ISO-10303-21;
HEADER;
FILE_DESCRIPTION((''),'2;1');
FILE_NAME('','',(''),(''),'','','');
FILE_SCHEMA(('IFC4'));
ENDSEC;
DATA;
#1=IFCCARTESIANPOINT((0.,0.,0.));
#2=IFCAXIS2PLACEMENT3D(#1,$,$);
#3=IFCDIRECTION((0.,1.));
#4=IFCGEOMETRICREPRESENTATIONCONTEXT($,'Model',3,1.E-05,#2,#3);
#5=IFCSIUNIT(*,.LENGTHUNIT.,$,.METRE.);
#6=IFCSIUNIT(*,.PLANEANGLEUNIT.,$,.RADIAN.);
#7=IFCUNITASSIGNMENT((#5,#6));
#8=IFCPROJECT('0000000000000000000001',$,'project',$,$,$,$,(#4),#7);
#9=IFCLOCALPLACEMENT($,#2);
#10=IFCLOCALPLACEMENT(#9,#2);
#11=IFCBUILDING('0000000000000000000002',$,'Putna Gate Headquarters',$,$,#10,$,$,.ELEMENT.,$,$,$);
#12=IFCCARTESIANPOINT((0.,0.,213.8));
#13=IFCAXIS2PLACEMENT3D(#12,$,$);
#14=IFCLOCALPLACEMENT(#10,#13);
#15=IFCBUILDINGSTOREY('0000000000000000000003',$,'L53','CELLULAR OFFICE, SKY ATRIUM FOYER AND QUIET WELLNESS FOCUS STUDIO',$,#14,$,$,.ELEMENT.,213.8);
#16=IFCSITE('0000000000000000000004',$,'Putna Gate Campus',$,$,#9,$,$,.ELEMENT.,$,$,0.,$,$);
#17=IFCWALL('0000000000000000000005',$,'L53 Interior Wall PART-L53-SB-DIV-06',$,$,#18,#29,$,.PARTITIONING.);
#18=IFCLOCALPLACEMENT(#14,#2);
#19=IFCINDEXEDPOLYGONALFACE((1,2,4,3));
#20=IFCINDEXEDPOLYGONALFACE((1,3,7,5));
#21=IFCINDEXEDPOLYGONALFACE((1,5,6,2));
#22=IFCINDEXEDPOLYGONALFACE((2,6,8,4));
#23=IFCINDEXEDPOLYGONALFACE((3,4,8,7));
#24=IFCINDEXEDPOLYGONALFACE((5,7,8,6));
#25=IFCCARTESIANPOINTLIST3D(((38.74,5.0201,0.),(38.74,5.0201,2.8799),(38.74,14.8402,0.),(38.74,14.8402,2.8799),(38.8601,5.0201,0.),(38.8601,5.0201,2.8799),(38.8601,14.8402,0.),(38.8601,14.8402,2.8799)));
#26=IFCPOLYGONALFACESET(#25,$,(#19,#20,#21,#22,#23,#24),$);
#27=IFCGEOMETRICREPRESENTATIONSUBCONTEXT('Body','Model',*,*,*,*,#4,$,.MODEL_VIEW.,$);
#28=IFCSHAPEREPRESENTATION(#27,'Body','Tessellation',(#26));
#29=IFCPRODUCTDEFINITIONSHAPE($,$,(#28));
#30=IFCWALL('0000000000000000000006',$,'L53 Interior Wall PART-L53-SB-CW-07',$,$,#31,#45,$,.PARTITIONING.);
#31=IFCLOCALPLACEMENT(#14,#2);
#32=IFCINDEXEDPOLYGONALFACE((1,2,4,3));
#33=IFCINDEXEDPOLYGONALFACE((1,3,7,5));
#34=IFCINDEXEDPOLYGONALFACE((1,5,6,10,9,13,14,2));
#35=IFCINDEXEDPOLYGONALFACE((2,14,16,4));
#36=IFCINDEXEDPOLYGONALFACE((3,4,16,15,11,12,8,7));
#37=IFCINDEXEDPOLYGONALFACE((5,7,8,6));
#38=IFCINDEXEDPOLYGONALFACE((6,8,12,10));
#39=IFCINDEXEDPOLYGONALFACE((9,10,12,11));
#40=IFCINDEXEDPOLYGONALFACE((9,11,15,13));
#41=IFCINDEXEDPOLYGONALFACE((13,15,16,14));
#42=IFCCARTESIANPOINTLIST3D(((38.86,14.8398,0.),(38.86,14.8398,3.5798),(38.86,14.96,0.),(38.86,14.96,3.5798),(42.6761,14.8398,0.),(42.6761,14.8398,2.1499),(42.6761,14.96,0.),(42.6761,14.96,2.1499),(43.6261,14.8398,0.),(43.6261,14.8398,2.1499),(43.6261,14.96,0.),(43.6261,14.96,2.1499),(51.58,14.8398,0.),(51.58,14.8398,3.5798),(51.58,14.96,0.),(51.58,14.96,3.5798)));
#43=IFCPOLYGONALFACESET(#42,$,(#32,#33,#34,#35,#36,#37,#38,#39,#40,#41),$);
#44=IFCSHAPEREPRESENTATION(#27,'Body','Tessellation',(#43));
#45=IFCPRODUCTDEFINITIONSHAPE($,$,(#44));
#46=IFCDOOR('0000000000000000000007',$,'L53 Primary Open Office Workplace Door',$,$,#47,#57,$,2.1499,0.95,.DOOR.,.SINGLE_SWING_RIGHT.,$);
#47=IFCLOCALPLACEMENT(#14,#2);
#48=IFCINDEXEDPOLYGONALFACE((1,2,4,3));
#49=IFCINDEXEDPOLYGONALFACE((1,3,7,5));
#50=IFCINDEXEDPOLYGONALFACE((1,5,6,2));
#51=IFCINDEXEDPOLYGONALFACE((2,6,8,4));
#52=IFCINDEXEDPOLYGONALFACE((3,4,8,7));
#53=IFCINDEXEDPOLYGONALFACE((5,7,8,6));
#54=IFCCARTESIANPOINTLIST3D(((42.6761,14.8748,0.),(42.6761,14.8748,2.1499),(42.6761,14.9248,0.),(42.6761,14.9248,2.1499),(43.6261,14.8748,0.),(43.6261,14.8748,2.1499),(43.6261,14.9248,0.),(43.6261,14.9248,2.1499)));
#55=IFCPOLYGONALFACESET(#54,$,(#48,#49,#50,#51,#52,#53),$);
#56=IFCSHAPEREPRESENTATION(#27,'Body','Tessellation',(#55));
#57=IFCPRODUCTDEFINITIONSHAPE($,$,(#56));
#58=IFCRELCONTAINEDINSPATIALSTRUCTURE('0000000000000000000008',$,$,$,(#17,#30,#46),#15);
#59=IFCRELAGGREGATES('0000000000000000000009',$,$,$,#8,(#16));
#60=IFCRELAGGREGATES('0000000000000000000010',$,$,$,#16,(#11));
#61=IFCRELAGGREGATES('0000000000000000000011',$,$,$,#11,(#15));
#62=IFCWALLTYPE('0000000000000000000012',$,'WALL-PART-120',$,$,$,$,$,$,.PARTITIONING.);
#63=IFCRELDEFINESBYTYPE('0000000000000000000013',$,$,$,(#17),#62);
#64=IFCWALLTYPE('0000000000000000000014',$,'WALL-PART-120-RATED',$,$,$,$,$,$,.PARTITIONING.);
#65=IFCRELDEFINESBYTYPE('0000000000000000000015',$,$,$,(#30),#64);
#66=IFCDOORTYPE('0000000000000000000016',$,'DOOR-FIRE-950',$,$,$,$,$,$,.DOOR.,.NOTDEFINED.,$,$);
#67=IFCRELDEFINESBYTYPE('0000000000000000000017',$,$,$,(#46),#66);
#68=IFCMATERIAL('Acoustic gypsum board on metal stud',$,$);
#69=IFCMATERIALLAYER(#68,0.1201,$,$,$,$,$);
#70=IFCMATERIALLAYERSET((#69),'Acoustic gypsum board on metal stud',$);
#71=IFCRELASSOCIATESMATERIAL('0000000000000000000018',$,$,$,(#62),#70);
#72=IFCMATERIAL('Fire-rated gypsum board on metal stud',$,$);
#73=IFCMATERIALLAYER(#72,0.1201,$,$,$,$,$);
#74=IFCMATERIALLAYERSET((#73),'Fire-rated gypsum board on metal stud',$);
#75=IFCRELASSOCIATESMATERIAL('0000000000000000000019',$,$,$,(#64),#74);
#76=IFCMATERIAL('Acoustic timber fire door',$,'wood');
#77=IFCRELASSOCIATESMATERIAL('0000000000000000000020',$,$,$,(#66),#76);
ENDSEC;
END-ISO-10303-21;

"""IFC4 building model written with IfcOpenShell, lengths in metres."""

from ifc_helpers import new_model, si_unit, direction, frame, frame_2d, origin, place, context, subcontext, project, spatial, rectangle, extrude, material, layer, layer_set, type_object, element, fill, save


model = new_model("IFC4")

# Units and contexts
model_context = context("Model", 3, precision=1e-05, world=origin(), true_north=direction((0.0, 1.0)))
body_context = subcontext(model_context, "Body", "Model", "MODEL_VIEW")
ifc_project = project(units=[si_unit("LENGTHUNIT", "METRE"), si_unit("PLANEANGLEUNIT", "RADIAN")], contexts=[model_context])

# Site, building, storey
site_placement = place(None, origin())
site = spatial("IfcSite", under=ifc_project, at=site_placement, Name="Putna Gate Campus", CompositionType="ELEMENT", RefElevation=0.0)
building_placement = place(site_placement, origin())
building = spatial("IfcBuilding", under=site, at=building_placement, Name="Putna Gate Headquarters", CompositionType="ELEMENT")
storey_placement = place(building_placement, frame((0.0, 0.0, 213.8)))
storey = spatial("IfcBuildingStorey", under=building, at=storey_placement, Name="L53", Description="CELLULAR OFFICE, SKY ATRIUM FOYER AND QUIET WELLNESS FOCUS STUDIO", CompositionType="ELEMENT", Elevation=213.8)

# Wall
ifc_material_1 = material(Name="Acoustic gypsum board on metal stud")
ifc_layer_1 = layer(ifc_material_1, 0.1201)
ifc_layer_set_1 = layer_set([ifc_layer_1], Name="Acoustic gypsum board on metal stud")
wall_type_1 = type_object("IfcWallType", Name="WALL-PART-120", PredefinedType="PARTITIONING", material=ifc_layer_set_1)
wall_1_placement = place(storey_placement, frame((38.8, 5.02, 0.0), z_axis=(0.0, 0.0, 1.0), x_axis=(0.0, 1.0, 0.0)))
element("IfcWall", 1, at=wall_1_placement, inside=storey, type_object=wall_type_1, Name="L53 Interior Wall PART-L53-SB-DIV-06", PredefinedType="PARTITIONING", context=body_context, shape_type="SweptSolid", body=[
    extrude(rectangle(XDim=9.8201, YDim=0.1201, at=frame_2d((4.9102, 0.0))), origin(), (0.0, 0.0, 1.0), 2.8799),
])

# Wall, opening, door
ifc_material_2 = material(Name="Fire-rated gypsum board on metal stud")
ifc_layer_2 = layer(ifc_material_2, 0.1201)
ifc_layer_set_2 = layer_set([ifc_layer_2], Name="Fire-rated gypsum board on metal stud")
wall_type_2 = type_object("IfcWallType", Name="WALL-PART-120-RATED", PredefinedType="PARTITIONING", material=ifc_layer_set_2)
wall_2_placement = place(storey_placement, frame((38.8601, 14.8999, 0.0), z_axis=(0.0, 0.0, 1.0), x_axis=(1.0, 0.0, 0.0)))
wall_2 = element("IfcWall", 2, at=wall_2_placement, inside=storey, type_object=wall_type_2, Name="L53 Interior Wall PART-L53-SB-CW-07", PredefinedType="PARTITIONING", context=body_context, shape_type="SweptSolid", body=[
    extrude(rectangle(XDim=12.72, YDim=0.1201, at=frame_2d((6.3599, 0.0))), origin(), (0.0, 0.0, 1.0), 3.5798),
])
opening_placement = place(wall_2_placement, frame((3.8159, 0.0, 0.0)))
opening = element("IfcOpeningElement", 3, at=opening_placement, cuts=wall_2, PredefinedType="OPENING", context=body_context, shape_type="SweptSolid", body=[
    extrude(rectangle(XDim=0.95, YDim=2.1499, at=frame_2d((0.4751, 1.075))), frame((0.0, 0.0701, 0.0), z_axis=(0.0, -1.0, 0.0), x_axis=(1.0, 0.0, 0.0)), (0.0, 0.0, 1.0), 0.1401),
])
ifc_material_3 = material(Name="Acoustic timber fire door", Category="wood")
door_type = type_object("IfcDoorType", Name="DOOR-FIRE-950", OperationType="NOTDEFINED", PredefinedType="DOOR", material=ifc_material_3)
door_placement = place(opening_placement, origin())
door = element("IfcDoor", 4, at=door_placement, inside=storey, type_object=door_type, Name="L53 Primary Open Office Workplace Door", OperationType="SINGLE_SWING_RIGHT", OverallHeight=2.1499, OverallWidth=0.95, PredefinedType="DOOR", context=body_context, shape_type="SweptSolid", body=[
    extrude(rectangle(XDim=0.95, YDim=2.1499, at=frame_2d((0.4751, 1.075))), frame((0.0, 0.0249, 0.0), z_axis=(0.0, -1.0, 0.0), x_axis=(1.0, 0.0, 0.0)), (0.0, 0.0, 1.0), 0.05),
])
fill(opening, door)

save(model, "model.ifc")
